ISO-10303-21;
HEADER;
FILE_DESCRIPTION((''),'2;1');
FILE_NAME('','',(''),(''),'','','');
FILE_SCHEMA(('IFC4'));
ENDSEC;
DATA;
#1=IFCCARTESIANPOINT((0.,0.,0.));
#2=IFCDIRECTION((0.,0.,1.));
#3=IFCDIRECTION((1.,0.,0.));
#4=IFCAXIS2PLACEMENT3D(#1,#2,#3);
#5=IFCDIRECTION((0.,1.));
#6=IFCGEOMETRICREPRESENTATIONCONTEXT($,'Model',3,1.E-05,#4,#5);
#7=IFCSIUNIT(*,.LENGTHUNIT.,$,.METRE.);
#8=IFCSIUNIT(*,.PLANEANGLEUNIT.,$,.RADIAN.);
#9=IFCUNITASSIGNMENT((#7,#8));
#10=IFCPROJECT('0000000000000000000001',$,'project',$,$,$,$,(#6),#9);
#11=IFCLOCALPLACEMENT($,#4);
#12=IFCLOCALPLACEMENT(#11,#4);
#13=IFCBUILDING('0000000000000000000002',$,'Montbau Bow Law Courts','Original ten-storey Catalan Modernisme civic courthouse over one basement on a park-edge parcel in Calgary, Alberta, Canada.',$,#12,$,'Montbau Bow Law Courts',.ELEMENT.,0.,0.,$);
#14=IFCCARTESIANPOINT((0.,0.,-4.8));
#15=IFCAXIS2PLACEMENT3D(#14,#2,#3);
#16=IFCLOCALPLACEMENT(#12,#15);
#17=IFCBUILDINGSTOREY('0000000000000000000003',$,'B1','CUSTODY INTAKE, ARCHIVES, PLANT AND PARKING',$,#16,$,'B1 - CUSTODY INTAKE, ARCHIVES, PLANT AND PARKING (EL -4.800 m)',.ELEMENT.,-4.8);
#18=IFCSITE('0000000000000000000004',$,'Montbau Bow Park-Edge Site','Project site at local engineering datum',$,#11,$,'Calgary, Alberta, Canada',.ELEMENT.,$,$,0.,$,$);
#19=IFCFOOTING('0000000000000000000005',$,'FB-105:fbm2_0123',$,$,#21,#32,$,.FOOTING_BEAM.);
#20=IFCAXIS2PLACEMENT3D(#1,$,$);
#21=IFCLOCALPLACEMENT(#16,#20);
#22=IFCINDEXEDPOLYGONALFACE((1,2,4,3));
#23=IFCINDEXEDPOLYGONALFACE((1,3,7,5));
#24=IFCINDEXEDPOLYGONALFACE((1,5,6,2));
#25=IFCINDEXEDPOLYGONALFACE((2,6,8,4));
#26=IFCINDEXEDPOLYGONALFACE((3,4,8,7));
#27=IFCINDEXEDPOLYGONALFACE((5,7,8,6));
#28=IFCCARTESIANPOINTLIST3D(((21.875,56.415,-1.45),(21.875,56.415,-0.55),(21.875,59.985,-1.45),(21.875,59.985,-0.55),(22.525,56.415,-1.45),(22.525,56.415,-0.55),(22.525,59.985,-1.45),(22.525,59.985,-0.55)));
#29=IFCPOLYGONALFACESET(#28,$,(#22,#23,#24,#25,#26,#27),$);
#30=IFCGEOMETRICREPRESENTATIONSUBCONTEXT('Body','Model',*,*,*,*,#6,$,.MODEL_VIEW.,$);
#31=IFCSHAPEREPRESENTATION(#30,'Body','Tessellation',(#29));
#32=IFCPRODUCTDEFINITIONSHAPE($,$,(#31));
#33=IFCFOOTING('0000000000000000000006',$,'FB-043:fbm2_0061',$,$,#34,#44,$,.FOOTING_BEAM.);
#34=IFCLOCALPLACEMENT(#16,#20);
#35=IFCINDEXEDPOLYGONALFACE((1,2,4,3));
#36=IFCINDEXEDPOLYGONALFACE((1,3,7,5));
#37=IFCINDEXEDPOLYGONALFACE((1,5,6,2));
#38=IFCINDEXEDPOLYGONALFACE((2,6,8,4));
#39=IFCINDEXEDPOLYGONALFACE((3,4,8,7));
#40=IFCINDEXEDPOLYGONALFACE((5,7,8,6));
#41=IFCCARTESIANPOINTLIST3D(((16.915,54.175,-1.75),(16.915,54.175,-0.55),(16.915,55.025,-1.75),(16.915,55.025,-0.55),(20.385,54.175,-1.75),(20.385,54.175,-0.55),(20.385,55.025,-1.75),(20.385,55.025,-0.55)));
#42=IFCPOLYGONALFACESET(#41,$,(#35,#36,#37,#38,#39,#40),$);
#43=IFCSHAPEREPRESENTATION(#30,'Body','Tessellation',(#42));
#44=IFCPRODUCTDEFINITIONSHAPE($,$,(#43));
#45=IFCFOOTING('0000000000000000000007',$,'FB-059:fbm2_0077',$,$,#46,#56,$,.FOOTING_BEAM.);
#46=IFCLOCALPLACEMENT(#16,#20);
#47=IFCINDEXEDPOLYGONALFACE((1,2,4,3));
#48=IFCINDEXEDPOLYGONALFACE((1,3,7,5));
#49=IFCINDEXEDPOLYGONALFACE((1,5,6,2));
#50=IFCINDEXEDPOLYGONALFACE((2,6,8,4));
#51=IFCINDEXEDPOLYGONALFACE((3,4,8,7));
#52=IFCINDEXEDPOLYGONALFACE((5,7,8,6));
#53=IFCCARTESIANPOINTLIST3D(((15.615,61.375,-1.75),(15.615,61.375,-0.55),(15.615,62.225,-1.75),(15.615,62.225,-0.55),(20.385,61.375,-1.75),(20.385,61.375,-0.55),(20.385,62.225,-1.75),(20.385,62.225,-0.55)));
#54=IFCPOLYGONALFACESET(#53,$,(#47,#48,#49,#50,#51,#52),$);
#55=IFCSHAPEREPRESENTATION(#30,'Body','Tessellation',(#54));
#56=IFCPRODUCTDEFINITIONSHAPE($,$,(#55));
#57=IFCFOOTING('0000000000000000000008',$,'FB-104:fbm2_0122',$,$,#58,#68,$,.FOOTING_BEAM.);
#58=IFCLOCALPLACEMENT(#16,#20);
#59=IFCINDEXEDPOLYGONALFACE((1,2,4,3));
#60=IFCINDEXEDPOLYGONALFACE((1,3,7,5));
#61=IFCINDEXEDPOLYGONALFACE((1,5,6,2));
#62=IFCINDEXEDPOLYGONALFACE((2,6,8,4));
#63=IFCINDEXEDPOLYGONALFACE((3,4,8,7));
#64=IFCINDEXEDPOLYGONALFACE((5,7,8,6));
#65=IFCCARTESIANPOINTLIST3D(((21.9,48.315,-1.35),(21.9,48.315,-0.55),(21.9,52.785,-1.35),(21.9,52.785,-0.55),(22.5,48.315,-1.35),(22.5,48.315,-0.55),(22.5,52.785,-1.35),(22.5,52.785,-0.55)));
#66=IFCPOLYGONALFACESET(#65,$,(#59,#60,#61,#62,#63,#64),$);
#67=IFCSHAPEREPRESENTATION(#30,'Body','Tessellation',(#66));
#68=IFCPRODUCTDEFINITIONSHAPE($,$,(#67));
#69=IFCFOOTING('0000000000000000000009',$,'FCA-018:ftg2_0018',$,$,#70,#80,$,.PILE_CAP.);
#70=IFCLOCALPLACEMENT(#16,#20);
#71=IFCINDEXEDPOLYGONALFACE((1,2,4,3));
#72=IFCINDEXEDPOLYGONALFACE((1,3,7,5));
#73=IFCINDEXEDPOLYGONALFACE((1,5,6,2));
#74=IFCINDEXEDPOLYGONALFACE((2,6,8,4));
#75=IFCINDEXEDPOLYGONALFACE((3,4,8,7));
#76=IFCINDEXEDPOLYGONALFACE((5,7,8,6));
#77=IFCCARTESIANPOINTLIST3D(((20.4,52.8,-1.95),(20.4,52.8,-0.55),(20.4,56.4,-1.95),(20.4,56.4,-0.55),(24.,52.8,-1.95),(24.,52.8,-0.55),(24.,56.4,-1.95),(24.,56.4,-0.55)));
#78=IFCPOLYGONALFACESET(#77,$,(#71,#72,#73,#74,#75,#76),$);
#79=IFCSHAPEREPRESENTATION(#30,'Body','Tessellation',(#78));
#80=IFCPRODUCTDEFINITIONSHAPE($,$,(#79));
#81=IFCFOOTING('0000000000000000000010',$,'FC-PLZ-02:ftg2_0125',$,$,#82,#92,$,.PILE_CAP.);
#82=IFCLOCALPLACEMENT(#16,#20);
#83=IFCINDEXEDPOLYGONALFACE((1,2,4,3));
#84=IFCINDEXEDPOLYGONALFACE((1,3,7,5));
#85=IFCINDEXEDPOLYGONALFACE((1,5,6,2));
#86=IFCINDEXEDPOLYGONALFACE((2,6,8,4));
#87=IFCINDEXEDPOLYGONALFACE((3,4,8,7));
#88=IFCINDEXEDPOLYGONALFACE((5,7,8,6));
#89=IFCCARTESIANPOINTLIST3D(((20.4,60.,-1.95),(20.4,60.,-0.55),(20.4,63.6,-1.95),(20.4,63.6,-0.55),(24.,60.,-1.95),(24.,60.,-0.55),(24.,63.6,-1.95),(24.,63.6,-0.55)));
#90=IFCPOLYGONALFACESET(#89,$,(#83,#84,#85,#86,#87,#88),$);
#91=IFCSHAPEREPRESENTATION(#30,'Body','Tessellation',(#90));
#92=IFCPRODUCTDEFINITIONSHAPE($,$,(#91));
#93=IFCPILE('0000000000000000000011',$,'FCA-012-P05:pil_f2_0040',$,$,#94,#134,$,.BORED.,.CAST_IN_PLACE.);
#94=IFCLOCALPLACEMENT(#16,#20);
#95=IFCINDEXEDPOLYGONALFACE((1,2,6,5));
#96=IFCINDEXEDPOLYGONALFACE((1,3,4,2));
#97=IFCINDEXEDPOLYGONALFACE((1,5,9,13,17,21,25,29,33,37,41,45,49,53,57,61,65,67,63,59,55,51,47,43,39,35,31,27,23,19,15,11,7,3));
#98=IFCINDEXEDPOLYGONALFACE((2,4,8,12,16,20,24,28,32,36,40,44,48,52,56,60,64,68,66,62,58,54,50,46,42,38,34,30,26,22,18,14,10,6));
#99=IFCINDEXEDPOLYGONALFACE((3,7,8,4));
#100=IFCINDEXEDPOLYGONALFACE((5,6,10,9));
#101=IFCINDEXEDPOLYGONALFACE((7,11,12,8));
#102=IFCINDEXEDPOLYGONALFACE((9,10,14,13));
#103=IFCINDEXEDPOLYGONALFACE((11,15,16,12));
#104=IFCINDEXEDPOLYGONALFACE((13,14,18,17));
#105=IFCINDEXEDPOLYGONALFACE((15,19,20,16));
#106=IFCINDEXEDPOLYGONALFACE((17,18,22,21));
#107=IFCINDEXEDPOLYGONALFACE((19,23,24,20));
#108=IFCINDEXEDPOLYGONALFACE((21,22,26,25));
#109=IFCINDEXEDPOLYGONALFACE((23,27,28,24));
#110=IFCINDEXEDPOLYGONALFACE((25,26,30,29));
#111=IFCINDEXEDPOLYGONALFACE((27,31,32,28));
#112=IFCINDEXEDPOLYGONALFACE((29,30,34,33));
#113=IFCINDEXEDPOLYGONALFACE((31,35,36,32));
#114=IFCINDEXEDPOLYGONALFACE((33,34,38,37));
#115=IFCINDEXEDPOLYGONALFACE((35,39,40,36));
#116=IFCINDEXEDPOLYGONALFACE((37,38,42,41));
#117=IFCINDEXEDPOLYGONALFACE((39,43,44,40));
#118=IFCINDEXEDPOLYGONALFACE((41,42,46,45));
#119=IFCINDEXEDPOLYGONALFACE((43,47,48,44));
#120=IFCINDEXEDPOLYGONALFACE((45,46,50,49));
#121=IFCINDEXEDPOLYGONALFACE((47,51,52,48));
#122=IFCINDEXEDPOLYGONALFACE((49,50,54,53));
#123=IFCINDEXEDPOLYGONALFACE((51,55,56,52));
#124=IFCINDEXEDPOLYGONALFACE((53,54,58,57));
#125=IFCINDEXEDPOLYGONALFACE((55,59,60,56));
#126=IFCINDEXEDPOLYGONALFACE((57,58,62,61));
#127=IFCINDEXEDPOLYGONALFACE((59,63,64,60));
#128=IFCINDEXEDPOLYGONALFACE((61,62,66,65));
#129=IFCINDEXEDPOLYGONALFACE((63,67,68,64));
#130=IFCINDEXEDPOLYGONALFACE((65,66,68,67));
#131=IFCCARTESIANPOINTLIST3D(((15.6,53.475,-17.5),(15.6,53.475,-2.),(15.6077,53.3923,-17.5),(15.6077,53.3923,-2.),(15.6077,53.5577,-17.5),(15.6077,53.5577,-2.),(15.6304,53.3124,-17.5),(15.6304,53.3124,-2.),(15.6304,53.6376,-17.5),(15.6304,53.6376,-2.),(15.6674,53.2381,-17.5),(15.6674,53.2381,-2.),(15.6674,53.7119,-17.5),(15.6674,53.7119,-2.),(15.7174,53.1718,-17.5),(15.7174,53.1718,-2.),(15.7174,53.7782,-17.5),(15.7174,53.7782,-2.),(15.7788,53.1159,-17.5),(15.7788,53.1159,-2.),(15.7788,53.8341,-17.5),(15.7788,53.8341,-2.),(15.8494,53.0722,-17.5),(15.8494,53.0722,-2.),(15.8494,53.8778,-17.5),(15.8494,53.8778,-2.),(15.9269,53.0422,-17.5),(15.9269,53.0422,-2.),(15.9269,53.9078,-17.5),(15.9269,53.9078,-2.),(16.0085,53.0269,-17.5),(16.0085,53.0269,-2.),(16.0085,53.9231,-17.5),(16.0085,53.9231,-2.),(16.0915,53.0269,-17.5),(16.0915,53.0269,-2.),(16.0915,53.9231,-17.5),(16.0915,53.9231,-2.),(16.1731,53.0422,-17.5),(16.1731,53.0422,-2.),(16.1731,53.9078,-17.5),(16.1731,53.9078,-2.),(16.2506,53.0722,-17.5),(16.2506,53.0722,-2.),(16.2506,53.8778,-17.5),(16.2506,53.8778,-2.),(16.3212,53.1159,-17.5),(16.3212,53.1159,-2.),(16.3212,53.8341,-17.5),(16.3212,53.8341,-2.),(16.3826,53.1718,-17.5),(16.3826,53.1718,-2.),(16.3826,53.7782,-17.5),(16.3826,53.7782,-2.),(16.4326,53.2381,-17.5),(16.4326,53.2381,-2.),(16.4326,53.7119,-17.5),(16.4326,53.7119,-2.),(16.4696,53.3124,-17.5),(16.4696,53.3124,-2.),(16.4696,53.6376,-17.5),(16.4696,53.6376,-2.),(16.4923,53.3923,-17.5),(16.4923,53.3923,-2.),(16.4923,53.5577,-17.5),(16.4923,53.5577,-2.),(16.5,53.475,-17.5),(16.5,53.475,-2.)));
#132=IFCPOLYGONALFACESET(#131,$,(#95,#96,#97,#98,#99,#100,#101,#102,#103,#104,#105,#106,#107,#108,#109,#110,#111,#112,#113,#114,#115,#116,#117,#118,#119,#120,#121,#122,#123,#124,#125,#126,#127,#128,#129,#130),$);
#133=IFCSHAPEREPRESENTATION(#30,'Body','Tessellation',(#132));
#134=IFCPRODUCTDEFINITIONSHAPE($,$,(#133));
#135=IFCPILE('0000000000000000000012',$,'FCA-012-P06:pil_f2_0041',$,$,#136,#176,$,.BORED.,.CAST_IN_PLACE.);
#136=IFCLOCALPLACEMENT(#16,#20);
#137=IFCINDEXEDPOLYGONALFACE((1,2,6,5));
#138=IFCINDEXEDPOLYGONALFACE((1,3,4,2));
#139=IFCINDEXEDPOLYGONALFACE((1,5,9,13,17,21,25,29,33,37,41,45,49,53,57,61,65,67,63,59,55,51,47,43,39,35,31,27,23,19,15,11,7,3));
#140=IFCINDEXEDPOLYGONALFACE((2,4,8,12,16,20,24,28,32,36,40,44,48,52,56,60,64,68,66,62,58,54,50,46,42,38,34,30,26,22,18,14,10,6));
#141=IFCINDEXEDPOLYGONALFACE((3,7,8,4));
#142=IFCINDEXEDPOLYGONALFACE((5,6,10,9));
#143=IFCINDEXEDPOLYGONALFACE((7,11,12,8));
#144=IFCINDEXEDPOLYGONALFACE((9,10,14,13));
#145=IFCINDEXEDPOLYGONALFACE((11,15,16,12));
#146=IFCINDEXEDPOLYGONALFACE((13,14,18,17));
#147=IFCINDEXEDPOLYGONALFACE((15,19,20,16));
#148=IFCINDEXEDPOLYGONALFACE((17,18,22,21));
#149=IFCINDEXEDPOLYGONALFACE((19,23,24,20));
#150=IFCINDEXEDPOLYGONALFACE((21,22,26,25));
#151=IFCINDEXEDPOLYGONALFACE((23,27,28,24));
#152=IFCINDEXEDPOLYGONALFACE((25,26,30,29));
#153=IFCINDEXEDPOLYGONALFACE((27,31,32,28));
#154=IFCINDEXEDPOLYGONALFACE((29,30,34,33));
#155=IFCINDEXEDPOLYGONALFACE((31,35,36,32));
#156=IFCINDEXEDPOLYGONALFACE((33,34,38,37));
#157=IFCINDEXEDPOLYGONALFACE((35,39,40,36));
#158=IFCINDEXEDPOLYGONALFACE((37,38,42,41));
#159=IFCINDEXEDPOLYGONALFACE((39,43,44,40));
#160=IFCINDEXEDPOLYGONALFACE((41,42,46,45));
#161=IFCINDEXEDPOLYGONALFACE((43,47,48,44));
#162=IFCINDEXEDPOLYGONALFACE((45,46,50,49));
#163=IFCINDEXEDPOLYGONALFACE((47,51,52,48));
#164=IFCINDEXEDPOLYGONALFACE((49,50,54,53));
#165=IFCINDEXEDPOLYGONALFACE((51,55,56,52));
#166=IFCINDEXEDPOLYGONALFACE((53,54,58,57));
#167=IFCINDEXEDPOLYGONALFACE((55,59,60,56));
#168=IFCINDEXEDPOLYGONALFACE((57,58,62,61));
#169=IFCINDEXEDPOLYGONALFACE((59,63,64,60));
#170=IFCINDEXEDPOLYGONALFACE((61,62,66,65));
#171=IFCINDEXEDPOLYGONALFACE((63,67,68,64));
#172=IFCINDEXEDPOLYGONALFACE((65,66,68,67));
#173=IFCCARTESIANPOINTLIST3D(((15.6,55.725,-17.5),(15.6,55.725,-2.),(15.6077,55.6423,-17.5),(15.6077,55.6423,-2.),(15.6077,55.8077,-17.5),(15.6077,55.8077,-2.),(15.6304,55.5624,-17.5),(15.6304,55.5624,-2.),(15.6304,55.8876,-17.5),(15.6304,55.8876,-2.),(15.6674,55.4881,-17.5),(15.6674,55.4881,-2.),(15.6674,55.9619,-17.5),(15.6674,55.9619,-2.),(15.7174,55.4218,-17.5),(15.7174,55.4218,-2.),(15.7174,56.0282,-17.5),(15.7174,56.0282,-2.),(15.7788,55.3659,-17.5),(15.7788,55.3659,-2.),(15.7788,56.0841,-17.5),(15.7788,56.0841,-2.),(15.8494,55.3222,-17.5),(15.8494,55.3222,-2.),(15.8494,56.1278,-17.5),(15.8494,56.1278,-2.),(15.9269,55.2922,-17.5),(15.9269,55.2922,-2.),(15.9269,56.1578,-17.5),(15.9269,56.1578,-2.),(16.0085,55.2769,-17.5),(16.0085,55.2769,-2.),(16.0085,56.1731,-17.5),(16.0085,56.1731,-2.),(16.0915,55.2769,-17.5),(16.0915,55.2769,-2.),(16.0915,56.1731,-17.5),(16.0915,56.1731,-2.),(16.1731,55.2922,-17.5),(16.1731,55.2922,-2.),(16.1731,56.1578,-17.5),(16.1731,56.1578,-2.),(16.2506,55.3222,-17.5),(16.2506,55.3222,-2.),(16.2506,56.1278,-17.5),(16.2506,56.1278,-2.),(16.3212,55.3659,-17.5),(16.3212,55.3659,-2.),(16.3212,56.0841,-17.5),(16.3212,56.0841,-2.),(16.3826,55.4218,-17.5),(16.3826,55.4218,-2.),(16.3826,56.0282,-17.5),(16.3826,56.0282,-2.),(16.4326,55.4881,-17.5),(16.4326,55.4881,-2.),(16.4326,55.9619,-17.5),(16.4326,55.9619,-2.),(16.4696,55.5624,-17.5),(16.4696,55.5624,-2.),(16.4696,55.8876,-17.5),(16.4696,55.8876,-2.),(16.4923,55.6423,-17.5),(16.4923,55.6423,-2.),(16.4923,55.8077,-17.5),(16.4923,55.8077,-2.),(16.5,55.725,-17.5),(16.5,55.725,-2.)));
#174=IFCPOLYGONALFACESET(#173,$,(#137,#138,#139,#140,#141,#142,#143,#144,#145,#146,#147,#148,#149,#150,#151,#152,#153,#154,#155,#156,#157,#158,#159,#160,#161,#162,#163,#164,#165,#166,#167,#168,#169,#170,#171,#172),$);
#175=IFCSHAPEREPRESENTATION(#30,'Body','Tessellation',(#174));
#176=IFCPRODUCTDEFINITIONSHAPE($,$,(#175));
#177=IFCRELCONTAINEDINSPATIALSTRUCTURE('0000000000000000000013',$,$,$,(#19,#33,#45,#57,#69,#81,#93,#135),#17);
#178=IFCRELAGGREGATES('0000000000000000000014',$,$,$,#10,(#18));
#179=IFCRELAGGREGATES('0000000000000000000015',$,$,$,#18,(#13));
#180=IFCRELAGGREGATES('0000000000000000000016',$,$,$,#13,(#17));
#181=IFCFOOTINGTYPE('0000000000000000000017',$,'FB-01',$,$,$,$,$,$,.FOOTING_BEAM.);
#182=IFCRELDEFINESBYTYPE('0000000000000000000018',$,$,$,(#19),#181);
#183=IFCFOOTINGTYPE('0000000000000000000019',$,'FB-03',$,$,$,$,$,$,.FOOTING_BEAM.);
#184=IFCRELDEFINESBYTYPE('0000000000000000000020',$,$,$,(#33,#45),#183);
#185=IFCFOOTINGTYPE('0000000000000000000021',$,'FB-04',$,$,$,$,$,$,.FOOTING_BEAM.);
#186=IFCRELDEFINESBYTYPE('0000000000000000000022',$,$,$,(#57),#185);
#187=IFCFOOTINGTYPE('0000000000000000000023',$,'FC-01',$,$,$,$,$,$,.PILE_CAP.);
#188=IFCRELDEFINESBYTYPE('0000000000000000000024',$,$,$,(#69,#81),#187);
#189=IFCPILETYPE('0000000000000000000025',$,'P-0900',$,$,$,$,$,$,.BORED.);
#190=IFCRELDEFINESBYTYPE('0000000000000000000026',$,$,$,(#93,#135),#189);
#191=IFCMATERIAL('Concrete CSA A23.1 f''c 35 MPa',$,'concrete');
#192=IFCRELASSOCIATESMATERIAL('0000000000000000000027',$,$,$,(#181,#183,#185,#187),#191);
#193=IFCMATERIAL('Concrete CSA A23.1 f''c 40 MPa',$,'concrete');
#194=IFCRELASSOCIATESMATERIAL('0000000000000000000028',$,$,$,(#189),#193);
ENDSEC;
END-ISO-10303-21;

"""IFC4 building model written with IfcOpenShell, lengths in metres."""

from ifc_helpers import new_model, si_unit, direction, frame, origin_with_axes, origin_2d_with_axis, place, context, subcontext, project, spatial, rectangle, circle, extrude, material, material_profile, profile_set, type_object, element, save


model = new_model("IFC4")

# Units and contexts
model_context = context("Model", 3, precision=1e-05, world=origin_with_axes(), true_north=direction((0.0, 1.0)))
body_context = subcontext(model_context, "Body", "Model", "MODEL_VIEW")
ifc_project = project(units=[si_unit("LENGTHUNIT", "METRE"), si_unit("PLANEANGLEUNIT", "RADIAN")], contexts=[model_context])

# Site, building, storey
site_placement = place(None, origin_with_axes())
site = spatial("IfcSite", under=ifc_project, at=site_placement, Name="Montbau Bow Park-Edge Site", Description="Project site at local engineering datum", LongName="Calgary, Alberta, Canada", CompositionType="ELEMENT", RefElevation=0.0)
building_placement = place(site_placement, origin_with_axes())
building = spatial("IfcBuilding", under=site, at=building_placement, Name="Montbau Bow Law Courts", Description="Original ten-storey Catalan Modernisme civic courthouse over one basement on a park-edge parcel in Calgary, Alberta, Canada.", LongName="Montbau Bow Law Courts", CompositionType="ELEMENT", ElevationOfRefHeight=0.0, ElevationOfTerrain=0.0)
storey_placement = place(building_placement, frame((0.0, 0.0, -4.8), z_axis=(0.0, 0.0, 1.0), x_axis=(1.0, 0.0, 0.0)))
storey = spatial("IfcBuildingStorey", under=building, at=storey_placement, Name="B1", Description="CUSTODY INTAKE, ARCHIVES, PLANT AND PARKING", LongName="B1 - CUSTODY INTAKE, ARCHIVES, PLANT AND PARKING (EL -4.800 m)", CompositionType="ELEMENT", Elevation=-4.8)

# Footings
ifc_material_1 = material(Name="Concrete CSA A23.1 f'c 35 MPa", Category="concrete")
footing_type_1 = type_object("IfcFootingType", Name="FB-01", PredefinedType="FOOTING_BEAM", material=ifc_material_1)
footing_1_placement = place(None, frame((22.2, 58.2, -6.25), z_axis=(0.0, 0.0, 1.0), x_axis=(0.0, 1.0, 0.0)))
element("IfcFooting", 1, at=footing_1_placement, inside=storey, type_object=footing_type_1, Name="FB-105:fbm2_0123", PredefinedType="FOOTING_BEAM", context=body_context, shape_type="SweptSolid", body=[
    extrude(rectangle(XDim=3.57, YDim=0.65, at=origin_2d_with_axis()), origin_with_axes(), (0.0, 0.0, 1.0), 0.9),
])
footing_type_2 = type_object("IfcFootingType", Name="FB-03", PredefinedType="FOOTING_BEAM", material=ifc_material_1)
footing_2_placement = place(None, frame((18.65, 54.6, -6.55), z_axis=(0.0, 0.0, 1.0), x_axis=(1.0, 0.0, 0.0)))
element("IfcFooting", 2, at=footing_2_placement, inside=storey, type_object=footing_type_2, Name="FB-043:fbm2_0061", PredefinedType="FOOTING_BEAM", context=body_context, shape_type="SweptSolid", body=[
    extrude(rectangle(XDim=3.47, YDim=0.85, at=origin_2d_with_axis()), origin_with_axes(), (0.0, 0.0, 1.0), 1.2),
])
footing_3_placement = place(None, frame((18.0, 61.8, -6.55), z_axis=(0.0, 0.0, 1.0), x_axis=(1.0, 0.0, 0.0)))
element("IfcFooting", 3, at=footing_3_placement, inside=storey, type_object=footing_type_2, Name="FB-059:fbm2_0077", PredefinedType="FOOTING_BEAM", context=body_context, shape_type="SweptSolid", body=[
    extrude(rectangle(XDim=4.77, YDim=0.85, at=origin_2d_with_axis()), origin_with_axes(), (0.0, 0.0, 1.0), 1.2),
])
footing_type_3 = type_object("IfcFootingType", Name="FB-04", PredefinedType="FOOTING_BEAM", material=ifc_material_1)
footing_4_placement = place(None, frame((22.2, 50.55, -6.15), z_axis=(0.0, 0.0, 1.0), x_axis=(0.0, 1.0, 0.0)))
element("IfcFooting", 4, at=footing_4_placement, inside=storey, type_object=footing_type_3, Name="FB-104:fbm2_0122", PredefinedType="FOOTING_BEAM", context=body_context, shape_type="SweptSolid", body=[
    extrude(rectangle(XDim=4.47, YDim=0.6, at=origin_2d_with_axis()), origin_with_axes(), (0.0, 0.0, 1.0), 0.8),
])
footing_type_4 = type_object("IfcFootingType", Name="FC-01", PredefinedType="PILE_CAP", material=ifc_material_1)
for number, where, z_axis, x_axis, name in (
    (5, (22.2, 54.6, -6.75), (0.0, 0.0, 1.0), (1.0, 0.0, 0.0), "FCA-018:ftg2_0018"),
    (6, (22.2, 61.8, -6.75), (0.0, 0.0, 1.0), (1.0, 0.0, 0.0), "FC-PLZ-02:ftg2_0125"),
):
    element("IfcFooting", number, at=place(None, frame(where, z_axis=z_axis, x_axis=x_axis)), inside=storey, type_object=footing_type_4, Name=name, PredefinedType="PILE_CAP", context=body_context, shape_type="SweptSolid", body=[
        extrude(rectangle(XDim=3.6, YDim=3.6, at=origin_2d_with_axis()), origin_with_axes(), (0.0, 0.0, 1.0), 1.4),
    ])

# Piles
ifc_material_2 = material(Name="Concrete CSA A23.1 f'c 40 MPa", Category="concrete")
ifc_material_profile_1 = material_profile(ifc_material_2, circle(Radius=0.45, at=origin_2d_with_axis()), Name="BP900", Category="Main", Priority=0)
ifc_profile_set_1 = profile_set([ifc_material_profile_1], Name="Concrete CSA A23.1 f'c 40 MPa")
pile_type_1 = type_object("IfcPileType", Name="P-0900", PredefinedType="BORED", material=ifc_profile_set_1)
for number, where, z_axis, x_axis, name in (
    (7, (16.05, 53.475, -22.3), (0.0, 0.0, 1.0), (1.0, 0.0, 0.0), "FCA-012-P05:pil_f2_0040"),
    (8, (16.05, 55.725, -22.3), (0.0, 0.0, 1.0), (1.0, 0.0, 0.0), "FCA-012-P06:pil_f2_0041"),
):
    element("IfcPile", number, at=place(None, frame(where, z_axis=z_axis, x_axis=x_axis)), inside=storey, type_object=pile_type_1, Name=name, ConstructionType="CAST_IN_PLACE", PredefinedType="BORED", context=body_context, shape_type="SweptSolid", body=[
        extrude(circle(Radius=0.45, at=origin_2d_with_axis()), origin_with_axes(), (0.0, 0.0, 1.0), 15.5),
    ])

save(model, "model.ifc")
